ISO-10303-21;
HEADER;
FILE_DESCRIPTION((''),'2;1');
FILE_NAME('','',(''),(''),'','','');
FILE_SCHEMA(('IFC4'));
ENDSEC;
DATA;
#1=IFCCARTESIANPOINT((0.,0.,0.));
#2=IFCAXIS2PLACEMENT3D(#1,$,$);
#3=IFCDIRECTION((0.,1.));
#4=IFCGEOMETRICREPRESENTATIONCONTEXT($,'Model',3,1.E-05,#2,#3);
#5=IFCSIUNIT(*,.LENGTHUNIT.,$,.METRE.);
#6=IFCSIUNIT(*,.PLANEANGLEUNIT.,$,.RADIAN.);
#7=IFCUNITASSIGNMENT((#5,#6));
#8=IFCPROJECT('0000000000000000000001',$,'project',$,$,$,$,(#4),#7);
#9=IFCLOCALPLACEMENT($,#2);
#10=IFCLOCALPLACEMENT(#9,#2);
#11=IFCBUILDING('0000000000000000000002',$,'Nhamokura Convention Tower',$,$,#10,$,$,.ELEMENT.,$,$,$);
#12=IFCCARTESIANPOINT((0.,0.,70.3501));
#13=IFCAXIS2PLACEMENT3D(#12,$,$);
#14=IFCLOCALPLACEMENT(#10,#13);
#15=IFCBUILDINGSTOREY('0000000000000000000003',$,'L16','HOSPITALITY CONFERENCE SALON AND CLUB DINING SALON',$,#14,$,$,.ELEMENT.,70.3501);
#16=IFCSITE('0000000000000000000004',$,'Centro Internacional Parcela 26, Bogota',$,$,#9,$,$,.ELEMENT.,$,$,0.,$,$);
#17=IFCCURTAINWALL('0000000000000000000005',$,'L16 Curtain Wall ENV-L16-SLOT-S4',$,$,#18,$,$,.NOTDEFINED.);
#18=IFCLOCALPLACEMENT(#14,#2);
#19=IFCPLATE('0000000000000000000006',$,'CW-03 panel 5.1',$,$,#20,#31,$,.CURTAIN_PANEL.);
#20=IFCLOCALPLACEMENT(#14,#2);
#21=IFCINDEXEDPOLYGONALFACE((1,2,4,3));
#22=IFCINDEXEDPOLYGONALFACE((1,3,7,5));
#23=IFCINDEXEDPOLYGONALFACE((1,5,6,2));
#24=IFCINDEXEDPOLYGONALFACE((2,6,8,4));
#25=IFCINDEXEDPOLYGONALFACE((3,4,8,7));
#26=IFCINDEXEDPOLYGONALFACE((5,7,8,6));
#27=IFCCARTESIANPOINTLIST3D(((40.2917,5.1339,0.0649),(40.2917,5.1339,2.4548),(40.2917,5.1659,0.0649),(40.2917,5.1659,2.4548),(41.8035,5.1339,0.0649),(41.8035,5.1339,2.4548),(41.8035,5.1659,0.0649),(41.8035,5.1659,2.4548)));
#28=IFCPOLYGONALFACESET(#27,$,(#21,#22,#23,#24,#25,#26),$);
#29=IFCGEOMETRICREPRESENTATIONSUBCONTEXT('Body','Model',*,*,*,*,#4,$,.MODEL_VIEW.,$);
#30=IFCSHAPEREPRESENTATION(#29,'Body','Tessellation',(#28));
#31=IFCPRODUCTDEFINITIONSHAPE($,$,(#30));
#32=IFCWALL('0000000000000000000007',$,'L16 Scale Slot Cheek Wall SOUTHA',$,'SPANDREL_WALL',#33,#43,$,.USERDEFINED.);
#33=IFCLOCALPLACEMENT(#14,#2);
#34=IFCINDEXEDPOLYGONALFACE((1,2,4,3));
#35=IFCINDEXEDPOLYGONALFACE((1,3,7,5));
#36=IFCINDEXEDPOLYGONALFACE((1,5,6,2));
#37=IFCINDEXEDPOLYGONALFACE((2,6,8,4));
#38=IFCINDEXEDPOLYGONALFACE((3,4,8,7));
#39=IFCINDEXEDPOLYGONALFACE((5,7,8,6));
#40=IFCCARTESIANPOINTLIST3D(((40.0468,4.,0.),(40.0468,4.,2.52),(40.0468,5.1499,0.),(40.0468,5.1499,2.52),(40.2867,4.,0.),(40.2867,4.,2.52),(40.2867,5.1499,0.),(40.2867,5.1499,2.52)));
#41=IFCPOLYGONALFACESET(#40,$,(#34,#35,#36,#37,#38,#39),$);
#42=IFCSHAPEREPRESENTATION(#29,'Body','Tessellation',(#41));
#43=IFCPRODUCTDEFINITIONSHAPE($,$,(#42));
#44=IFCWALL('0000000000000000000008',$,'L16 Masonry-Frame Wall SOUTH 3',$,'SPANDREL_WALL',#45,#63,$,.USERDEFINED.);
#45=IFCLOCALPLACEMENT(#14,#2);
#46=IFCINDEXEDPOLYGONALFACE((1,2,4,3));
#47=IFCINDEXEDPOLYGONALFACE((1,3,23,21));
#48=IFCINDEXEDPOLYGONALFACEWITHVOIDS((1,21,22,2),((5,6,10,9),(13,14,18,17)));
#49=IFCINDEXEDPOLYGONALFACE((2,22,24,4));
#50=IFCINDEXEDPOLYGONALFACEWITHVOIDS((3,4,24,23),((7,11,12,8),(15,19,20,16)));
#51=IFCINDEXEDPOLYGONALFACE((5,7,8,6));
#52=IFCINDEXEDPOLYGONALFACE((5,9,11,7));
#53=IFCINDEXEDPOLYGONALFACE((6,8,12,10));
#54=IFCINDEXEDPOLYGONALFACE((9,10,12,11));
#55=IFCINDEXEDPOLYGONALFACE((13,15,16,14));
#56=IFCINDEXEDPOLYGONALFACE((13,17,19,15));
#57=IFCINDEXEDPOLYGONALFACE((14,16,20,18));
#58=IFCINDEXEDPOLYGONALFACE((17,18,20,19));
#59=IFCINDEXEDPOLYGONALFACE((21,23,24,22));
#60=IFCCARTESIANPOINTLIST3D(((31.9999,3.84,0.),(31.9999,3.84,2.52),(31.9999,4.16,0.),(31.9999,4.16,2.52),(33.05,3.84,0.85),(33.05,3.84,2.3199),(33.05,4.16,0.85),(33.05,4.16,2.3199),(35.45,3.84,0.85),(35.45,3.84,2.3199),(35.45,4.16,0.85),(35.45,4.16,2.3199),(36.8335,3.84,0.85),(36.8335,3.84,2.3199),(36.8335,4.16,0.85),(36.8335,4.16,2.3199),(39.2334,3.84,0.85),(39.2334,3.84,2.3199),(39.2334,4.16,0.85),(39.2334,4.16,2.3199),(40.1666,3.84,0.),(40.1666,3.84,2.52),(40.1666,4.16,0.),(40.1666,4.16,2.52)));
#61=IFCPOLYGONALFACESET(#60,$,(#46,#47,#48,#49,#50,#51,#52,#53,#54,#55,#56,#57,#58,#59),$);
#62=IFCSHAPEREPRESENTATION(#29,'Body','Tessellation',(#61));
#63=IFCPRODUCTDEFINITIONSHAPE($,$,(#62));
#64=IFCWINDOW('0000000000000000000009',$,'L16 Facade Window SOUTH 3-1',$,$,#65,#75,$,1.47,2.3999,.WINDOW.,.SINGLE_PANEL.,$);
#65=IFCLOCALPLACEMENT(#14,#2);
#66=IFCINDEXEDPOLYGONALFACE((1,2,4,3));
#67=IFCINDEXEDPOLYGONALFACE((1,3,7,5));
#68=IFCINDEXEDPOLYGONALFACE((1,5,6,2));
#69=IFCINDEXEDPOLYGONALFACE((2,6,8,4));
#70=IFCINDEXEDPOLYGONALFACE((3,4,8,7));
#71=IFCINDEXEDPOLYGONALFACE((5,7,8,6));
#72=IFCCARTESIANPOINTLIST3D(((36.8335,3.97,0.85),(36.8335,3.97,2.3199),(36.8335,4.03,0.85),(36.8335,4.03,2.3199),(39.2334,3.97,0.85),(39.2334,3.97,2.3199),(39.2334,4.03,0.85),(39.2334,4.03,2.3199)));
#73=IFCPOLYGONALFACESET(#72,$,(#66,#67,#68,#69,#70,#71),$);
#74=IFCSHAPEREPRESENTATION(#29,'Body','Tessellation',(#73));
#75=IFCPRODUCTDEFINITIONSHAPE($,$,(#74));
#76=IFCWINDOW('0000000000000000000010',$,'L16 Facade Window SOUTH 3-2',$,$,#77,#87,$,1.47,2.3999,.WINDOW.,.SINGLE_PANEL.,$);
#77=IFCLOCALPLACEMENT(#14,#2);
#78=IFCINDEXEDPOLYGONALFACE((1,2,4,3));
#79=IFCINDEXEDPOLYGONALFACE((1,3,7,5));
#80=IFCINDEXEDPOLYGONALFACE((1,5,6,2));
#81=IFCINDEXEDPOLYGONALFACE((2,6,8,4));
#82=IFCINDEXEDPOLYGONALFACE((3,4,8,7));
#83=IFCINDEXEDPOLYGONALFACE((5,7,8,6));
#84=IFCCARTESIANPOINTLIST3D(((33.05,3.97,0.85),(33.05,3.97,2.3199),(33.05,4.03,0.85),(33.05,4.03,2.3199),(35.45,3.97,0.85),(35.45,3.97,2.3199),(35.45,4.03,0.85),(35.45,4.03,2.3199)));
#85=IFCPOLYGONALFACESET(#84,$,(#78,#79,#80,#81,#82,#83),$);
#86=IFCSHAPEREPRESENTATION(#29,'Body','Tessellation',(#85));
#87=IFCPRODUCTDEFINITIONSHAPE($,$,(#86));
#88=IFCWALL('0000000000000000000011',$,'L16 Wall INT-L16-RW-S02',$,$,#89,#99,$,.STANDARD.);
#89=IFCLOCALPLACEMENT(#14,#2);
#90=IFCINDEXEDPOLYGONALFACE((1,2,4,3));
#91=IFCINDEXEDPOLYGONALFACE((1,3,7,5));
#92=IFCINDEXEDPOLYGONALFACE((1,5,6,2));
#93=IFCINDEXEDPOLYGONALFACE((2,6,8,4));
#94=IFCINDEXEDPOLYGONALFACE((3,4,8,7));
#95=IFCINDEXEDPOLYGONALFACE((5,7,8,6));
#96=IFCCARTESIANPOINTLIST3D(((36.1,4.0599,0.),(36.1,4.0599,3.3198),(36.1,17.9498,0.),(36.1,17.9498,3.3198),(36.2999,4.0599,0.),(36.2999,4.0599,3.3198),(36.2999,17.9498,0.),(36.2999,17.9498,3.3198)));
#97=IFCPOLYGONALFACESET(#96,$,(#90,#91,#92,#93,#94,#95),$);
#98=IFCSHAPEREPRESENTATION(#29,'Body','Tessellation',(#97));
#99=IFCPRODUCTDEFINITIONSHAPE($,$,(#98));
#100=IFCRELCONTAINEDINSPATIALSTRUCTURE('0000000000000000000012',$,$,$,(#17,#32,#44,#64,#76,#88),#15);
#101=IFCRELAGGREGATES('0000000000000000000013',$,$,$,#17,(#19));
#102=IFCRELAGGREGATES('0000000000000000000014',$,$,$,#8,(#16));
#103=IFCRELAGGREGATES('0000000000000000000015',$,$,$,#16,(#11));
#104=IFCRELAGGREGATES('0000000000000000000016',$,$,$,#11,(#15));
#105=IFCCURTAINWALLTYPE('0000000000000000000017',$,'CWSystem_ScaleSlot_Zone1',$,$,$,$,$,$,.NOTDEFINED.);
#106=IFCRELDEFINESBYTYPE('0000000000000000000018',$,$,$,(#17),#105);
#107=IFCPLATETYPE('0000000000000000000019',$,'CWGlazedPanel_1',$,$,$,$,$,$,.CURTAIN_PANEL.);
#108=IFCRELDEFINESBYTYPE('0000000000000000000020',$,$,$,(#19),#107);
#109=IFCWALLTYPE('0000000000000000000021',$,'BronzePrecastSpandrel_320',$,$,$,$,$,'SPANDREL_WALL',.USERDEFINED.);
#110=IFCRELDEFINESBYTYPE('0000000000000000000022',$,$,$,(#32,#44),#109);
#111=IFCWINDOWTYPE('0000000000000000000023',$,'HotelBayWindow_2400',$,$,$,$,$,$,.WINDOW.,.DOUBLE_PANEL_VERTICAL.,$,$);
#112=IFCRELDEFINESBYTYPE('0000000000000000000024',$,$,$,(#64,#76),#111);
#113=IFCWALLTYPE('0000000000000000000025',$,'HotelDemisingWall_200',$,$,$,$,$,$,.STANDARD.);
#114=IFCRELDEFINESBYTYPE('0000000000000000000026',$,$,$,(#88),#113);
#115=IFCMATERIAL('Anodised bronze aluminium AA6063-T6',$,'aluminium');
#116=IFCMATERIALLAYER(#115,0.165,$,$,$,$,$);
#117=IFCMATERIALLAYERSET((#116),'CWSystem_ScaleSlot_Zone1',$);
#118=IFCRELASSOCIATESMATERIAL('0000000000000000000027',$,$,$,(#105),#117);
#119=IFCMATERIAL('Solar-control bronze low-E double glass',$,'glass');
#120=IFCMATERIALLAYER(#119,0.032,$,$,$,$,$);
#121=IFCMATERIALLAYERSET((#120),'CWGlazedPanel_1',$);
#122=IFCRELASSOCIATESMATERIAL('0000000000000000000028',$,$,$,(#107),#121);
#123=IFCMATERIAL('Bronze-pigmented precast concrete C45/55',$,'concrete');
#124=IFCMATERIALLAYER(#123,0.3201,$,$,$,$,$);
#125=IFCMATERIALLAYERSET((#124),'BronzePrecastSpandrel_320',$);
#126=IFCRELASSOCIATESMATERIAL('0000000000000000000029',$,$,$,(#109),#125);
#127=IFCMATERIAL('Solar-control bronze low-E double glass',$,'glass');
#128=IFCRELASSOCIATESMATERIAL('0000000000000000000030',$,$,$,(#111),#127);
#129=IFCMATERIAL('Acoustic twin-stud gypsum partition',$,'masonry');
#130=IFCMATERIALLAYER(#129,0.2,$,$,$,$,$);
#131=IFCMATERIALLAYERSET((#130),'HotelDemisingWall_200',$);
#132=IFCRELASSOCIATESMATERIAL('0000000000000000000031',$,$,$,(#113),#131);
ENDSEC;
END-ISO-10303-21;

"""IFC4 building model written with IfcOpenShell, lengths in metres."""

from ifc_helpers import new_model, si_unit, direction, frame, frame_2d, origin, origin_2d, place, context, subcontext, project, spatial, rectangle, extrude, material, layer, layer_set, type_object, element, fill, aggregate, save


model = new_model("IFC4")

# Units and contexts
model_context = context("Model", 3, precision=1e-05, world=origin(), true_north=direction((0.0, 1.0)))
body_context = subcontext(model_context, "Body", "Model", "MODEL_VIEW")
ifc_project = project(units=[si_unit("LENGTHUNIT", "METRE"), si_unit("PLANEANGLEUNIT", "RADIAN")], contexts=[model_context])

# Site, building, storey
site_placement = place(None, origin())
site = spatial("IfcSite", under=ifc_project, at=site_placement, Name="Centro Internacional Parcela 26, Bogota", CompositionType="ELEMENT", RefElevation=0.0)
building_placement = place(site_placement, origin())
building = spatial("IfcBuilding", under=site, at=building_placement, Name="Nhamokura Convention Tower", CompositionType="ELEMENT")
storey_placement = place(building_placement, frame((0.0, 0.0, 70.3501)))
storey = spatial("IfcBuildingStorey", under=building, at=storey_placement, Name="L16", Description="HOSPITALITY CONFERENCE SALON AND CLUB DINING SALON", CompositionType="ELEMENT", Elevation=70.3501)

# Curtain wall
ifc_material_1 = material(Name="Anodised bronze aluminium AA6063-T6", Category="aluminium")
ifc_layer_1 = layer(ifc_material_1, 0.165)
ifc_layer_set_1 = layer_set([ifc_layer_1], Name="CWSystem_ScaleSlot_Zone1")
curtain_wall_type = type_object("IfcCurtainWallType", Name="CWSystem_ScaleSlot_Zone1", PredefinedType="NOTDEFINED", material=ifc_layer_set_1)
curtain_wall_placement = place(storey_placement, origin())
curtain_wall = element("IfcCurtainWall", 1, at=curtain_wall_placement, inside=storey, type_object=curtain_wall_type, Name="L16 Curtain Wall ENV-L16-SLOT-S4", PredefinedType="NOTDEFINED")

# Plate
ifc_material_2 = material(Name="Solar-control bronze low-E double glass", Category="glass")
ifc_layer_2 = layer(ifc_material_2, 0.032)
ifc_layer_set_2 = layer_set([ifc_layer_2], Name="CWGlazedPanel_1")
plate_type = type_object("IfcPlateType", Name="CWGlazedPanel_1", PredefinedType="CURTAIN_PANEL", material=ifc_layer_set_2)
plate_1_placement = place(storey_placement, frame((41.0476, 5.1499, 0.0649), z_axis=(0.0, 0.0, 1.0), x_axis=(-1.0, 0.0, 0.0)))
plate_1 = element("IfcPlate", 2, at=plate_1_placement, type_object=plate_type, Name="CW-03 panel 5.1", PredefinedType="CURTAIN_PANEL", context=body_context, shape_type="SweptSolid", body=[
    extrude(rectangle(XDim=1.5117, YDim=0.032, at=origin_2d()), origin(), (0.0, 0.0, 1.0), 2.3899),
])
aggregate(curtain_wall, [plate_1])

# Wall
ifc_material_3 = material(Name="Bronze-pigmented precast concrete C45/55", Category="concrete")
ifc_layer_3 = layer(ifc_material_3, 0.3201)
ifc_layer_set_3 = layer_set([ifc_layer_3], Name="BronzePrecastSpandrel_320")
wall_type_1 = type_object("IfcWallType", Name="BronzePrecastSpandrel_320", ElementType="SPANDREL_WALL", PredefinedType="USERDEFINED", material=ifc_layer_set_3)
wall_1_placement = place(storey_placement, frame((40.1667, 4.0, 0.0), z_axis=(0.0, 0.0, 1.0), x_axis=(0.0, 1.0, 0.0)))
element("IfcWall", 3, at=wall_1_placement, inside=storey, type_object=wall_type_1, Name="L16 Scale Slot Cheek Wall SOUTHA", ObjectType="SPANDREL_WALL", PredefinedType="USERDEFINED", context=body_context, shape_type="SweptSolid", body=[
    extrude(rectangle(XDim=1.1499, YDim=0.24, at=frame_2d((0.575, 0.0))), origin(), (0.0, 0.0, 1.0), 2.52),
])

# Wall, openings, windows
wall_2_placement = place(storey_placement, frame((40.1667, 4.0, 0.0), z_axis=(0.0, 0.0, 1.0), x_axis=(-1.0, 0.0, 0.0)))
wall_2 = element("IfcWall", 4, at=wall_2_placement, inside=storey, type_object=wall_type_1, Name="L16 Masonry-Frame Wall SOUTH 3", ObjectType="SPANDREL_WALL", PredefinedType="USERDEFINED", context=body_context, shape_type="SweptSolid", body=[
    extrude(rectangle(XDim=8.1667, YDim=0.3201, at=frame_2d((4.0835, 0.0))), origin(), (0.0, 0.0, 1.0), 2.52),
])
opening_1_placement = place(wall_2_placement, frame((0.9333, 0.0, 0.8501)))
opening_1 = element("IfcOpeningElement", 5, at=opening_1_placement, cuts=wall_2, PredefinedType="OPENING", context=body_context, shape_type="SweptSolid", body=[
    extrude(rectangle(XDim=2.3999, YDim=1.47, at=frame_2d((1.2, 0.7349))), frame((0.0, 0.1699, 0.0), z_axis=(0.0, -1.0, 0.0), x_axis=(1.0, 0.0, 0.0)), (0.0, 0.0, 1.0), 0.3401),
])
opening_2_placement = place(wall_2_placement, frame((4.7168, 0.0, 0.8501)))
opening_2 = element("IfcOpeningElement", 6, at=opening_2_placement, cuts=wall_2, PredefinedType="OPENING", context=body_context, shape_type="SweptSolid", body=[
    extrude(rectangle(XDim=2.3999, YDim=1.47, at=frame_2d((1.2, 0.7349))), frame((0.0, 0.1699, 0.0), z_axis=(0.0, -1.0, 0.0), x_axis=(1.0, 0.0, 0.0)), (0.0, 0.0, 1.0), 0.3401),
])
ifc_material_4 = material(Name="Solar-control bronze low-E double glass", Category="glass")
window_type = type_object("IfcWindowType", Name="HotelBayWindow_2400", PartitioningType="DOUBLE_PANEL_VERTICAL", PredefinedType="WINDOW", material=ifc_material_4)
window_1_placement = place(opening_1_placement, origin())
window_1 = element("IfcWindow", 7, at=window_1_placement, inside=storey, type_object=window_type, Name="L16 Facade Window SOUTH 3-1", OverallHeight=1.47, OverallWidth=2.3999, PartitioningType="SINGLE_PANEL", PredefinedType="WINDOW", context=body_context, shape_type="SweptSolid", body=[
    extrude(rectangle(XDim=2.3999, YDim=1.47, at=frame_2d((1.2, 0.7349))), frame((0.0, 0.03, 0.0), z_axis=(0.0, -1.0, 0.0), x_axis=(1.0, 0.0, 0.0)), (0.0, 0.0, 1.0), 0.0601),
])
fill(opening_1, window_1)
window_2_placement = place(opening_2_placement, origin())
window_2 = element("IfcWindow", 8, at=window_2_placement, inside=storey, type_object=window_type, Name="L16 Facade Window SOUTH 3-2", OverallHeight=1.47, OverallWidth=2.3999, PartitioningType="SINGLE_PANEL", PredefinedType="WINDOW", context=body_context, shape_type="SweptSolid", body=[
    extrude(rectangle(XDim=2.3999, YDim=1.47, at=frame_2d((1.2, 0.7349))), frame((0.0, 0.03, 0.0), z_axis=(0.0, -1.0, 0.0), x_axis=(1.0, 0.0, 0.0)), (0.0, 0.0, 1.0), 0.0601),
])
fill(opening_2, window_2)

# Wall
ifc_material_5 = material(Name="Acoustic twin-stud gypsum partition", Category="masonry")
ifc_layer_4 = layer(ifc_material_5, 0.2)
ifc_layer_set_4 = layer_set([ifc_layer_4], Name="HotelDemisingWall_200")
wall_type_2 = type_object("IfcWallType", Name="HotelDemisingWall_200", PredefinedType="STANDARD", material=ifc_layer_set_4)
wall_3_placement = place(storey_placement, frame((36.2, 4.0601, 0.0), z_axis=(0.0, 0.0, 1.0), x_axis=(0.0, 1.0, 0.0)))
element("IfcWall", 9, at=wall_3_placement, inside=storey, type_object=wall_type_2, Name="L16 Wall INT-L16-RW-S02", PredefinedType="STANDARD", context=body_context, shape_type="SweptSolid", body=[
    extrude(rectangle(XDim=13.8899, YDim=0.2, at=frame_2d((6.9448, 0.0))), origin(), (0.0, 0.0, 1.0), 3.3198),
])

save(model, "model.ifc")
